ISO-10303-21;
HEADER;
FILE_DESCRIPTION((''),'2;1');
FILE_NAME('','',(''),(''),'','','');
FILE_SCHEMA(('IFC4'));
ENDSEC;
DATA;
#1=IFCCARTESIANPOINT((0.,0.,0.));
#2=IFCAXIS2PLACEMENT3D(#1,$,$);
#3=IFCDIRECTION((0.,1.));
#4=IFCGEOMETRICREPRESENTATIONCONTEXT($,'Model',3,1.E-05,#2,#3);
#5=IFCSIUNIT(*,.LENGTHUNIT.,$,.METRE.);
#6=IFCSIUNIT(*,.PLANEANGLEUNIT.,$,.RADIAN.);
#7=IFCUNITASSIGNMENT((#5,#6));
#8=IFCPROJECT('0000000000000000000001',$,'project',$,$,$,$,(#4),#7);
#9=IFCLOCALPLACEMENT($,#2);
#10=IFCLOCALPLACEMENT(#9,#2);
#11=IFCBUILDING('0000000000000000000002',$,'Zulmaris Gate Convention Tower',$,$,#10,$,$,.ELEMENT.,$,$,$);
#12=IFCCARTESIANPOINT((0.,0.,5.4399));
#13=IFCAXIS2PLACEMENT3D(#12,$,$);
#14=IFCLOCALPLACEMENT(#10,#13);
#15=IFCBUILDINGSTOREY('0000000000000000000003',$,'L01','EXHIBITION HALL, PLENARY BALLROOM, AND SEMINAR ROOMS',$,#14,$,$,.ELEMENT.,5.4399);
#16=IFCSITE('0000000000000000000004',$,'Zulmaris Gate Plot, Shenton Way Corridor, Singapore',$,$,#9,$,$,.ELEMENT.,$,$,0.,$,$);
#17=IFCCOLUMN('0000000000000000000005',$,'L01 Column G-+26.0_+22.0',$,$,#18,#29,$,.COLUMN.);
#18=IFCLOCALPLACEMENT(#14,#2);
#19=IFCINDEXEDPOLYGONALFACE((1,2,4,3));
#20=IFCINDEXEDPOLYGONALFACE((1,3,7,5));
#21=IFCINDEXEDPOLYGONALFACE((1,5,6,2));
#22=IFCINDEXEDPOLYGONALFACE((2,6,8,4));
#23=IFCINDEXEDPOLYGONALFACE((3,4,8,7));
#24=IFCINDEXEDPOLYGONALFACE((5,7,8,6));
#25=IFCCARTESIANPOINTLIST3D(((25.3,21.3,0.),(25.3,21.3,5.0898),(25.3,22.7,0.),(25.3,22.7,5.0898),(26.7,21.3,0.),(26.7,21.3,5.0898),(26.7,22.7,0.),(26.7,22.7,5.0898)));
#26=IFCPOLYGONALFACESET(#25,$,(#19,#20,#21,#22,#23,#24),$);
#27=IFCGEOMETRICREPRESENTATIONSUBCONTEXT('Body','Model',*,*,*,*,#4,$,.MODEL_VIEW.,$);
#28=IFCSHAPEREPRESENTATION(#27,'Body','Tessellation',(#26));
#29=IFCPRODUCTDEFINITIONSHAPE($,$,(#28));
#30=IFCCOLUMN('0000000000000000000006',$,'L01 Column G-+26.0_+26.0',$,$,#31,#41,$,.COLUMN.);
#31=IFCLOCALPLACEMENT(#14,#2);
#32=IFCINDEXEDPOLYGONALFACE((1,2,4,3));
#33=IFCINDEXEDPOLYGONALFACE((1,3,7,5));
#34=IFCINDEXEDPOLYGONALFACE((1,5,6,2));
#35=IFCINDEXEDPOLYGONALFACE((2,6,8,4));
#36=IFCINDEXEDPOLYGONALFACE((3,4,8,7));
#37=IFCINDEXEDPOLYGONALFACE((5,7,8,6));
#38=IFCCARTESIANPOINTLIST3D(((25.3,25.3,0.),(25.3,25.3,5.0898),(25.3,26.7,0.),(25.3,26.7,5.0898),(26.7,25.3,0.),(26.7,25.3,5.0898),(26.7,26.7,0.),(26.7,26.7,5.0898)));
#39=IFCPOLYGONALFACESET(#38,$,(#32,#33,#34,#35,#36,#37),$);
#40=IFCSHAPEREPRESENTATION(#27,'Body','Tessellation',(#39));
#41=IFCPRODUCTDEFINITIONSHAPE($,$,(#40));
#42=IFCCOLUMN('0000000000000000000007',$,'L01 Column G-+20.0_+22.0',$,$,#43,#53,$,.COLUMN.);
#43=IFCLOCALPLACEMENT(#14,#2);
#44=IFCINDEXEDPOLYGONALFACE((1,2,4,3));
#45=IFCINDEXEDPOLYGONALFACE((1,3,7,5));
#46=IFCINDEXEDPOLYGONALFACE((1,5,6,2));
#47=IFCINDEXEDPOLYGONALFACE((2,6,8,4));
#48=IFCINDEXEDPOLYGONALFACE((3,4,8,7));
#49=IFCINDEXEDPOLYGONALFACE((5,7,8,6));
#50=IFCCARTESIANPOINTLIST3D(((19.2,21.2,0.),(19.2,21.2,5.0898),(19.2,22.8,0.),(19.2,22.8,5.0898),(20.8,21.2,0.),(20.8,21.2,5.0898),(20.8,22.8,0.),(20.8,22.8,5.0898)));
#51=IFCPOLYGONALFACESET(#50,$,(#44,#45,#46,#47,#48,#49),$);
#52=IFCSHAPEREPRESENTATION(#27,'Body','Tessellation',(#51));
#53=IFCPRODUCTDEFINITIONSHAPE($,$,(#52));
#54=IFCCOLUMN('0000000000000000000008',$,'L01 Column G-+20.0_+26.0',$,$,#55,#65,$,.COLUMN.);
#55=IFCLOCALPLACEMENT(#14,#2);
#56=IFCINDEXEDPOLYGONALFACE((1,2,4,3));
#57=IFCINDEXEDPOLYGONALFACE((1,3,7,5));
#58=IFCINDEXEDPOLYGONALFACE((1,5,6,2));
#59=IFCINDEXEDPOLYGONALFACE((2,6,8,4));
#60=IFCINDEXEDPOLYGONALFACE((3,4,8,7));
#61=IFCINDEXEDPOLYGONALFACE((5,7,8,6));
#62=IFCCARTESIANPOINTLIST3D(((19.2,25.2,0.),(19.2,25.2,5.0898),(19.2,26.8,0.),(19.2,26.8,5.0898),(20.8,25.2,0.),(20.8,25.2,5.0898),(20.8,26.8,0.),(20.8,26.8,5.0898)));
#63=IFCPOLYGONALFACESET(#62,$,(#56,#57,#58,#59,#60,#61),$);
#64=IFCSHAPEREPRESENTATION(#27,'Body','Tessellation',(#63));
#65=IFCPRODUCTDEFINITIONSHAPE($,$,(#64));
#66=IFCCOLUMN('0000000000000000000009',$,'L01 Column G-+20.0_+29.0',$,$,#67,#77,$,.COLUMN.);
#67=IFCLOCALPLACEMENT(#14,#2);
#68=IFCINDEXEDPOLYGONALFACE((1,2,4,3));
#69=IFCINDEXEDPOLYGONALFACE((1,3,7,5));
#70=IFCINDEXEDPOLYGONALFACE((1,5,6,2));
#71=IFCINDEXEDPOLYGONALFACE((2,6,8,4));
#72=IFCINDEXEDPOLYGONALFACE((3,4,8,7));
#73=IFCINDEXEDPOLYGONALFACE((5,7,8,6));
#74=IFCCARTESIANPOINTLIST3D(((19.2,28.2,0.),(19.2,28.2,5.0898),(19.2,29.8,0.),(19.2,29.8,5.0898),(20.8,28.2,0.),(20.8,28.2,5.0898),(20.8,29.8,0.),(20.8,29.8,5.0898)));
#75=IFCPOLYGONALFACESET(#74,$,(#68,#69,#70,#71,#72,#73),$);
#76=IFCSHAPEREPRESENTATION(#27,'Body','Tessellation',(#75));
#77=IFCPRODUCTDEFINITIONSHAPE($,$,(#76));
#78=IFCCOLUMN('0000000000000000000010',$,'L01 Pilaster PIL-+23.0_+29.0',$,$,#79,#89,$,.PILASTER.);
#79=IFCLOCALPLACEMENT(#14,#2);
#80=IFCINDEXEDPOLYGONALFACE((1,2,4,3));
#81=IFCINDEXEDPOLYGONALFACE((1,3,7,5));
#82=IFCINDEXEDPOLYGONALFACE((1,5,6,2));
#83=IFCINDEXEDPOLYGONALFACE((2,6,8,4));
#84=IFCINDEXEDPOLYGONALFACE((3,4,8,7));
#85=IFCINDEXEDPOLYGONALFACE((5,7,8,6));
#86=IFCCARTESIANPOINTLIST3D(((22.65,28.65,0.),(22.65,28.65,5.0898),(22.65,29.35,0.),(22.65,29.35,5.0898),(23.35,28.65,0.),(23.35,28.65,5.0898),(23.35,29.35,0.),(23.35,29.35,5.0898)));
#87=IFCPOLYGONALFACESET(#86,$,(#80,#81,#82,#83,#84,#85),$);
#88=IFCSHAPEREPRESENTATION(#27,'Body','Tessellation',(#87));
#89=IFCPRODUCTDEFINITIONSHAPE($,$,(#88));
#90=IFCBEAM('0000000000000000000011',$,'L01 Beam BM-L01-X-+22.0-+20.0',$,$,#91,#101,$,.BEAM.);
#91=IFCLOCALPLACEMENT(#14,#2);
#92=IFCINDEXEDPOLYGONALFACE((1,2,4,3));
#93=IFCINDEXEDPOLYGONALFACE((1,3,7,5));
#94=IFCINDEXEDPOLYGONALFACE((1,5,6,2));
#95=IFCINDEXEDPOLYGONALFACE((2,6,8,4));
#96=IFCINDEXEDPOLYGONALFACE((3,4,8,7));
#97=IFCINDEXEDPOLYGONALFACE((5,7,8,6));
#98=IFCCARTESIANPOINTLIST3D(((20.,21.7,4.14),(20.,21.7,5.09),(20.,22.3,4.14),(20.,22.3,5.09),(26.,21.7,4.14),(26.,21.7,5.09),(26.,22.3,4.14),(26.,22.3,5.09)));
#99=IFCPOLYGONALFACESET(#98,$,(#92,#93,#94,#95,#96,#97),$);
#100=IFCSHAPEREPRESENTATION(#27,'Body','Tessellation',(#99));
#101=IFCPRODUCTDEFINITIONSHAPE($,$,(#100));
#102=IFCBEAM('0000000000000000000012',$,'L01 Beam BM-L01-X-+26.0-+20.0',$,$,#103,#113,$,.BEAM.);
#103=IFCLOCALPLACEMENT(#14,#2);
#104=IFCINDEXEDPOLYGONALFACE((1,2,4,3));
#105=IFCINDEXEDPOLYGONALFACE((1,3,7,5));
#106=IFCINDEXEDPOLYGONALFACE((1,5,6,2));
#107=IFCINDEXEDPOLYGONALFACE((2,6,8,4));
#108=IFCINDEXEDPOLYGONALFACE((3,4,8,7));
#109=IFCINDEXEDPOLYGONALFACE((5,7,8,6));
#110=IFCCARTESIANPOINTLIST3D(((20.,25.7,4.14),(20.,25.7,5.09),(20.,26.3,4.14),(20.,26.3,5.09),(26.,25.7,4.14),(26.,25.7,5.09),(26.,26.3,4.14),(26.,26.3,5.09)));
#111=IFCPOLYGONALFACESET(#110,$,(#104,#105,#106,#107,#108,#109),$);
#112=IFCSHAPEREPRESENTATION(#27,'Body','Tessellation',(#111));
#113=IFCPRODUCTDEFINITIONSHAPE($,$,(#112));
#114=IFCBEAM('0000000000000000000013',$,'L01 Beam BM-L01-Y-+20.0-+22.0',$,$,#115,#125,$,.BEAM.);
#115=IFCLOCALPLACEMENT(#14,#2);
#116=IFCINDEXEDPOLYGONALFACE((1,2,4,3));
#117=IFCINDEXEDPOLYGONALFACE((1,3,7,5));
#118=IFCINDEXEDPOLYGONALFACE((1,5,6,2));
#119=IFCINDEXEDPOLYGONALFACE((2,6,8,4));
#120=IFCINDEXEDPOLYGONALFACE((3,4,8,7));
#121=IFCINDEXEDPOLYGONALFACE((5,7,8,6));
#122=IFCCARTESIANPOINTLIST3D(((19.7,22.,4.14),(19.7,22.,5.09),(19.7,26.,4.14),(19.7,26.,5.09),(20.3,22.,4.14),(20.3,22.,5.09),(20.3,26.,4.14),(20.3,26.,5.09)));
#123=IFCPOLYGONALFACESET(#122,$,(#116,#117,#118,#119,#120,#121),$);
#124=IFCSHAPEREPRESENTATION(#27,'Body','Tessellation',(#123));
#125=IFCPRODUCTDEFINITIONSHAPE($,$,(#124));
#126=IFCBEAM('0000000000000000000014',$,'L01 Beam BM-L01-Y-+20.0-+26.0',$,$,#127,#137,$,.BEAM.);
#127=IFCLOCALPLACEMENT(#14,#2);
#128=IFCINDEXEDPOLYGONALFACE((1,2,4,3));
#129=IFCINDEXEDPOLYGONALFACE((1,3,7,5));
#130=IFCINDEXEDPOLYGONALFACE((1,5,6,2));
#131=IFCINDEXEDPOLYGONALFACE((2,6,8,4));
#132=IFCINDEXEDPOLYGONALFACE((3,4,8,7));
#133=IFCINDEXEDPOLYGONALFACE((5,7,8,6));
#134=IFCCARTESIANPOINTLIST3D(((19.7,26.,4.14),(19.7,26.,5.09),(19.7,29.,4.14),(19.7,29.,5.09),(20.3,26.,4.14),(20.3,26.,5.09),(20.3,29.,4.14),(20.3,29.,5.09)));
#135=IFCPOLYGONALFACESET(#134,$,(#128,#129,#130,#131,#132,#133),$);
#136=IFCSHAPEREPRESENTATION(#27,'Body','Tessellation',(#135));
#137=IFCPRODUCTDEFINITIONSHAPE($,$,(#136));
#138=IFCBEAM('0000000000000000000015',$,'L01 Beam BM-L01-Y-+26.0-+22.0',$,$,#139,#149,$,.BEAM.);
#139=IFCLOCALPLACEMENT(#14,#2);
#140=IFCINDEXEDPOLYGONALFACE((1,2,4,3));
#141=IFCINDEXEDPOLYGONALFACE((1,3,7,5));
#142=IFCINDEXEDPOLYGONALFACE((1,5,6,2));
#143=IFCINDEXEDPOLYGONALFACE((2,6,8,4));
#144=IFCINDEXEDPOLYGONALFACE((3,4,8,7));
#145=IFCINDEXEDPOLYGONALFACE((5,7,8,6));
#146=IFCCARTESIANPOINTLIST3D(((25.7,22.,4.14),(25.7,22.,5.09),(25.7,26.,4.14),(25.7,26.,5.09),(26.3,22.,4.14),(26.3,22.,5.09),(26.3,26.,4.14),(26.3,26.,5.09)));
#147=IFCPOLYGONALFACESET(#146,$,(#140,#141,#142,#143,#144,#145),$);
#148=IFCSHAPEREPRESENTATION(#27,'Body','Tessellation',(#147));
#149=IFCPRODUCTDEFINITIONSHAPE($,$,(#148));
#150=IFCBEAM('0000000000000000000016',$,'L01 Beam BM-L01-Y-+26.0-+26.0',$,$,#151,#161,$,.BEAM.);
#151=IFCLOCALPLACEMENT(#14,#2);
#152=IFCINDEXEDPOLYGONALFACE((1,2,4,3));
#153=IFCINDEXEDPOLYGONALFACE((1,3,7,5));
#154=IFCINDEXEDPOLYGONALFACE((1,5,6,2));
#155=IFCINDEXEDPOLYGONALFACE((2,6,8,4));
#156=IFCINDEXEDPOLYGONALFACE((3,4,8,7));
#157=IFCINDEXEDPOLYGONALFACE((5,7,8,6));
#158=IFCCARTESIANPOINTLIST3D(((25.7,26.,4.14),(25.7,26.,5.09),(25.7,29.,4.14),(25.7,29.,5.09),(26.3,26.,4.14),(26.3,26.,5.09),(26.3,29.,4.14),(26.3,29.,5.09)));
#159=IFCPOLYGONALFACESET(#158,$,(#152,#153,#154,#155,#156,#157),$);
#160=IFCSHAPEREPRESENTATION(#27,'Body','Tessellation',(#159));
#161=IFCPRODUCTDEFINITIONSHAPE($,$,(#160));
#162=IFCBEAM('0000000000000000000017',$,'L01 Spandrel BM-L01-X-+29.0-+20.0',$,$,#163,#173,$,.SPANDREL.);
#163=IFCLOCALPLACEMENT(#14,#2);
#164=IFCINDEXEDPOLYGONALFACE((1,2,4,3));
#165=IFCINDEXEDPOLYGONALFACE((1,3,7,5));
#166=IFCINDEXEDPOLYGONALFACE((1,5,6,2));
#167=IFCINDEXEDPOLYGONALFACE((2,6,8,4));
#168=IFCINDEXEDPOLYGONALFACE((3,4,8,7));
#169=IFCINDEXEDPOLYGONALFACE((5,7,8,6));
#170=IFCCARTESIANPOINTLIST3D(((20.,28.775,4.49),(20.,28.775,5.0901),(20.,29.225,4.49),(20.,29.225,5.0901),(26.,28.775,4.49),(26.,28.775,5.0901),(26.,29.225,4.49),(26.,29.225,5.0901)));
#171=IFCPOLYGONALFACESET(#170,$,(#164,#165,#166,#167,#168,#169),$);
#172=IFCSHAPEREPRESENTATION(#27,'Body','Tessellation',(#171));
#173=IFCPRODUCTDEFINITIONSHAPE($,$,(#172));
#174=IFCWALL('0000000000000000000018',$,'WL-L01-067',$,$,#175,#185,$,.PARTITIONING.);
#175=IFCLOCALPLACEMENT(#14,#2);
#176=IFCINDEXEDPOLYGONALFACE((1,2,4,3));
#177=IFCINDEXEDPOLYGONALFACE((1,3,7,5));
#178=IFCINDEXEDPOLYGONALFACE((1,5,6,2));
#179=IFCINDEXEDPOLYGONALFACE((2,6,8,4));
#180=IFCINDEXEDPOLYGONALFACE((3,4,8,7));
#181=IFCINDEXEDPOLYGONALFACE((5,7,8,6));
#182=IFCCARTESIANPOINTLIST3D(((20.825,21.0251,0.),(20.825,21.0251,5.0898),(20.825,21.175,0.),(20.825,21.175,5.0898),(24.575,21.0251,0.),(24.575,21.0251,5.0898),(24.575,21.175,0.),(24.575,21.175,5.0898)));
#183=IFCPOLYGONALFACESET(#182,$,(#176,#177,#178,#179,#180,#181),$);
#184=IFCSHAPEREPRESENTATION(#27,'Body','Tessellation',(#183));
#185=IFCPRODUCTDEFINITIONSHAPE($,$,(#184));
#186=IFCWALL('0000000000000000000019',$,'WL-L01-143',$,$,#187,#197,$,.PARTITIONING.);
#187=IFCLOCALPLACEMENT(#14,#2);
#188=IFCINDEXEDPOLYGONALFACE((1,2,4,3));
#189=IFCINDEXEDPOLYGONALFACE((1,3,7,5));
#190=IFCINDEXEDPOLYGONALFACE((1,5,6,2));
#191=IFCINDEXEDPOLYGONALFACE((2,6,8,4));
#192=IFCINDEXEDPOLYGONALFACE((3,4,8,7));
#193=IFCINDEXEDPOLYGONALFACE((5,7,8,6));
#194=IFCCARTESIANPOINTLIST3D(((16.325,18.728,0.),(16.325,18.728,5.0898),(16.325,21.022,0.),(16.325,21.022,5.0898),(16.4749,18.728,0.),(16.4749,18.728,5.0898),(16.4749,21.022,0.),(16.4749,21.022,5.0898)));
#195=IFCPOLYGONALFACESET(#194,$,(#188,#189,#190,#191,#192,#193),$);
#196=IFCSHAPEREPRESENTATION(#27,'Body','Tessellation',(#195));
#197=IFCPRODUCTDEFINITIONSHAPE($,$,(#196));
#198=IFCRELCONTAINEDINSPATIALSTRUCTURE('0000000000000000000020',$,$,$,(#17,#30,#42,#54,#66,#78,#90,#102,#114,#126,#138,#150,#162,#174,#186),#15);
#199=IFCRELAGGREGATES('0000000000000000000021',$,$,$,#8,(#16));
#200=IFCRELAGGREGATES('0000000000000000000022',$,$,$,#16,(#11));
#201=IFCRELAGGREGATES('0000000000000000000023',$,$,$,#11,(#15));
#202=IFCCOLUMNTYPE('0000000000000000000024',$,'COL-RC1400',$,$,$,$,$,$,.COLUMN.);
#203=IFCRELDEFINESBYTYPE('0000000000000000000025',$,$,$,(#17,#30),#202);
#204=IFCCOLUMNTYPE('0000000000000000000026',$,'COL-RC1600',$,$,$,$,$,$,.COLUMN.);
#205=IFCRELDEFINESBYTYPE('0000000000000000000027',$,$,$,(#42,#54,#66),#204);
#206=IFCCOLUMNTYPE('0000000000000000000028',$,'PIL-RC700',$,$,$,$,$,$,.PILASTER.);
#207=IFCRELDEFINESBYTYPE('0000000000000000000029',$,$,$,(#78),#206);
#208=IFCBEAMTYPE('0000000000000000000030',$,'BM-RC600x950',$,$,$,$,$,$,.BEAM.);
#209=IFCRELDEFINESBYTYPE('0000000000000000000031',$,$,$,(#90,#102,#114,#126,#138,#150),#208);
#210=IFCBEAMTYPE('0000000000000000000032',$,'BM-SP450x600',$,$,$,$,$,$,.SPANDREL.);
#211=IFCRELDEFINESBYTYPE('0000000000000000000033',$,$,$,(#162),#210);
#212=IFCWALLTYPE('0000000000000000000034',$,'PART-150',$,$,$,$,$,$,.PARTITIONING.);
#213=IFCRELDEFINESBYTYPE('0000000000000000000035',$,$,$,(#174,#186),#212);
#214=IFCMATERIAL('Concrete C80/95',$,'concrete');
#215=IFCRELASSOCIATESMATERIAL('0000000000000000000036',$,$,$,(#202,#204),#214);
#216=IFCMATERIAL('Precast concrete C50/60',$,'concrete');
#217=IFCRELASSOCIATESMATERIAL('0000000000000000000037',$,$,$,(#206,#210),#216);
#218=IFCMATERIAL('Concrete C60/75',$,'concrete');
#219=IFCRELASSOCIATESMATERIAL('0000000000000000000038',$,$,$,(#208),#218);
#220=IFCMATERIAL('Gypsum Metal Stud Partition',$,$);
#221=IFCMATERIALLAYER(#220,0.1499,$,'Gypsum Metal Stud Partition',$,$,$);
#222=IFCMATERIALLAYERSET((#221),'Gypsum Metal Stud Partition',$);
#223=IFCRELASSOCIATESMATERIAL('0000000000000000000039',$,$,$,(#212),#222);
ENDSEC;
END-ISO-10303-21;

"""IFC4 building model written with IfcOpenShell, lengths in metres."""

from ifc_helpers import new_model, si_unit, direction, frame, frame_2d, origin, origin_2d, place, context, subcontext, project, spatial, rectangle, extrude, material, layer, layer_set, material_profile, profile_set, type_object, element, save


model = new_model("IFC4")

# Units and contexts
model_context = context("Model", 3, precision=1e-05, world=origin(), true_north=direction((0.0, 1.0)))
body_context = subcontext(model_context, "Body", "Model", "MODEL_VIEW")
ifc_project = project(units=[si_unit("LENGTHUNIT", "METRE"), si_unit("PLANEANGLEUNIT", "RADIAN")], contexts=[model_context])

# Site, building, storey
site_placement = place(None, origin())
site = spatial("IfcSite", under=ifc_project, at=site_placement, Name="Zulmaris Gate Plot, Shenton Way Corridor, Singapore", CompositionType="ELEMENT", RefElevation=0.0)
building_placement = place(site_placement, origin())
building = spatial("IfcBuilding", under=site, at=building_placement, Name="Zulmaris Gate Convention Tower", CompositionType="ELEMENT")
storey_placement = place(building_placement, frame((0.0, 0.0, 5.4399)))
storey = spatial("IfcBuildingStorey", under=building, at=storey_placement, Name="L01", Description="EXHIBITION HALL, PLENARY BALLROOM, AND SEMINAR ROOMS", CompositionType="ELEMENT", Elevation=5.4399)

# Columns
ifc_material_1 = material(Name="Concrete C80/95", Category="concrete")
ifc_material_profile_1 = material_profile(ifc_material_1, rectangle(XDim=1.3999, YDim=1.3999, at=origin_2d()), Name="RC COL 1400x1400")
ifc_profile_set_1 = profile_set([ifc_material_profile_1], Name="Concrete C80/95")
column_type_1 = type_object("IfcColumnType", Name="COL-RC1400", PredefinedType="COLUMN", material=ifc_profile_set_1)
for number, where, z_axis, x_axis, name in (
    (1, (26.0, 22.0, 0.0), (0.0, 0.0, 1.0), (1.0, 0.0, 0.0), "L01 Column G-+26.0_+22.0"),
    (2, (26.0, 26.0, 0.0), (0.0, 0.0, 1.0), (1.0, 0.0, 0.0), "L01 Column G-+26.0_+26.0"),
):
    element("IfcColumn", number, at=place(storey_placement, frame(where, z_axis=z_axis, x_axis=x_axis)), inside=storey, type_object=column_type_1, Name=name, PredefinedType="COLUMN", context=body_context, shape_type="SweptSolid", body=[
        extrude(rectangle(XDim=1.3999, YDim=1.3999, at=origin_2d()), origin(), (0.0, 0.0, 1.0), 5.0898),
    ])
ifc_material_profile_2 = material_profile(ifc_material_1, rectangle(XDim=1.6001, YDim=1.6001, at=origin_2d()), Name="RC COL 1600x1600")
ifc_profile_set_2 = profile_set([ifc_material_profile_2], Name="Concrete C80/95")
column_type_2 = type_object("IfcColumnType", Name="COL-RC1600", PredefinedType="COLUMN", material=ifc_profile_set_2)
for number, where, z_axis, x_axis, name in (
    (3, (20.0, 22.0, 0.0), (0.0, 0.0, 1.0), (1.0, 0.0, 0.0), "L01 Column G-+20.0_+22.0"),
    (4, (20.0, 26.0, 0.0), (0.0, 0.0, 1.0), (1.0, 0.0, 0.0), "L01 Column G-+20.0_+26.0"),
    (5, (20.0, 29.0, 0.0), (0.0, 0.0, 1.0), (1.0, 0.0, 0.0), "L01 Column G-+20.0_+29.0"),
):
    element("IfcColumn", number, at=place(storey_placement, frame(where, z_axis=z_axis, x_axis=x_axis)), inside=storey, type_object=column_type_2, Name=name, PredefinedType="COLUMN", context=body_context, shape_type="SweptSolid", body=[
        extrude(rectangle(XDim=1.6001, YDim=1.6001, at=origin_2d()), origin(), (0.0, 0.0, 1.0), 5.0898),
    ])
ifc_material_2 = material(Name="Precast concrete C50/60", Category="concrete")
ifc_material_profile_3 = material_profile(ifc_material_2, rectangle(XDim=0.7, YDim=0.7, at=origin_2d()), Name="RC COL 700x700")
ifc_profile_set_3 = profile_set([ifc_material_profile_3], Name="Precast concrete C50/60")
column_type_3 = type_object("IfcColumnType", Name="PIL-RC700", PredefinedType="PILASTER", material=ifc_profile_set_3)
column_placement = place(storey_placement, frame((23.0, 29.0, 0.0), z_axis=(0.0, 0.0, 1.0), x_axis=(1.0, 0.0, 0.0)))
element("IfcColumn", 6, at=column_placement, inside=storey, type_object=column_type_3, Name="L01 Pilaster PIL-+23.0_+29.0", PredefinedType="PILASTER", context=body_context, shape_type="SweptSolid", body=[
    extrude(rectangle(XDim=0.7, YDim=0.7, at=origin_2d()), origin(), (0.0, 0.0, 1.0), 5.0898),
])

# Beams
ifc_material_3 = material(Name="Concrete C60/75", Category="concrete")
ifc_material_profile_4 = material_profile(ifc_material_3, rectangle(XDim=0.6001, YDim=0.95, at=origin_2d()), Name="RC BEAM 600x950")
ifc_profile_set_4 = profile_set([ifc_material_profile_4], Name="Concrete C60/75")
beam_type_1 = type_object("IfcBeamType", Name="BM-RC600x950", PredefinedType="BEAM", material=ifc_profile_set_4)
for number, where, z_axis, x_axis, name in (
    (7, (20.0, 22.0, 4.615), (1.0, 0.0, 0.0), (0.0, 1.0, 0.0), "L01 Beam BM-L01-X-+22.0-+20.0"),
    (8, (20.0, 26.0, 4.615), (1.0, 0.0, 0.0), (0.0, 1.0, 0.0), "L01 Beam BM-L01-X-+26.0-+20.0"),
):
    element("IfcBeam", number, at=place(storey_placement, frame(where, z_axis=z_axis, x_axis=x_axis)), inside=storey, type_object=beam_type_1, Name=name, PredefinedType="BEAM", context=body_context, shape_type="SweptSolid", body=[
        extrude(rectangle(XDim=0.6001, YDim=0.95, at=origin_2d()), origin(), (0.0, 0.0, 1.0), 6.0),
    ])
beam_1_placement = place(storey_placement, frame((20.0, 22.0, 4.615), z_axis=(0.0, 1.0, 0.0), x_axis=(-1.0, 0.0, 0.0)))
element("IfcBeam", 9, at=beam_1_placement, inside=storey, type_object=beam_type_1, Name="L01 Beam BM-L01-Y-+20.0-+22.0", PredefinedType="BEAM", context=body_context, shape_type="SweptSolid", body=[
    extrude(rectangle(XDim=0.6001, YDim=0.95, at=origin_2d()), origin(), (0.0, 0.0, 1.0), 4.0),
])
beam_2_placement = place(storey_placement, frame((20.0, 26.0, 4.615), z_axis=(0.0, 1.0, 0.0), x_axis=(-1.0, 0.0, 0.0)))
element("IfcBeam", 10, at=beam_2_placement, inside=storey, type_object=beam_type_1, Name="L01 Beam BM-L01-Y-+20.0-+26.0", PredefinedType="BEAM", context=body_context, shape_type="SweptSolid", body=[
    extrude(rectangle(XDim=0.6001, YDim=0.95, at=origin_2d()), origin(), (0.0, 0.0, 1.0), 3.0),
])
beam_3_placement = place(storey_placement, frame((26.0, 22.0, 4.615), z_axis=(0.0, 1.0, 0.0), x_axis=(-1.0, 0.0, 0.0)))
element("IfcBeam", 11, at=beam_3_placement, inside=storey, type_object=beam_type_1, Name="L01 Beam BM-L01-Y-+26.0-+22.0", PredefinedType="BEAM", context=body_context, shape_type="SweptSolid", body=[
    extrude(rectangle(XDim=0.6001, YDim=0.95, at=origin_2d()), origin(), (0.0, 0.0, 1.0), 4.0),
])
beam_4_placement = place(storey_placement, frame((26.0, 26.0, 4.615), z_axis=(0.0, 1.0, 0.0), x_axis=(-1.0, 0.0, 0.0)))
element("IfcBeam", 12, at=beam_4_placement, inside=storey, type_object=beam_type_1, Name="L01 Beam BM-L01-Y-+26.0-+26.0", PredefinedType="BEAM", context=body_context, shape_type="SweptSolid", body=[
    extrude(rectangle(XDim=0.6001, YDim=0.95, at=origin_2d()), origin(), (0.0, 0.0, 1.0), 3.0),
])
ifc_material_profile_5 = material_profile(ifc_material_2, rectangle(XDim=0.45, YDim=0.6001, at=origin_2d()), Name="RC SPANDREL 450x600")
ifc_profile_set_5 = profile_set([ifc_material_profile_5], Name="Precast concrete C50/60")
beam_type_2 = type_object("IfcBeamType", Name="BM-SP450x600", PredefinedType="SPANDREL", material=ifc_profile_set_5)
beam_5_placement = place(storey_placement, frame((20.0, 29.0, 4.79), z_axis=(1.0, 0.0, 0.0), x_axis=(0.0, 1.0, 0.0)))
element("IfcBeam", 13, at=beam_5_placement, inside=storey, type_object=beam_type_2, Name="L01 Spandrel BM-L01-X-+29.0-+20.0", PredefinedType="SPANDREL", context=body_context, shape_type="SweptSolid", body=[
    extrude(rectangle(XDim=0.45, YDim=0.6001, at=origin_2d()), origin(), (0.0, 0.0, 1.0), 6.0),
])

# Walls
ifc_material_4 = material(Name="Gypsum Metal Stud Partition")
ifc_layer_1 = layer(ifc_material_4, 0.1499, Name="Gypsum Metal Stud Partition")
ifc_layer_set_1 = layer_set([ifc_layer_1], Name="Gypsum Metal Stud Partition")
wall_type_1 = type_object("IfcWallType", Name="PART-150", PredefinedType="PARTITIONING", material=ifc_layer_set_1)
wall_1_placement = place(storey_placement, frame((20.825, 21.1001, 0.0), z_axis=(0.0, 0.0, 1.0), x_axis=(1.0, 0.0, 0.0)))
element("IfcWall", 14, at=wall_1_placement, inside=storey, type_object=wall_type_1, Name="WL-L01-067", PredefinedType="PARTITIONING", context=body_context, shape_type="SweptSolid", body=[
    extrude(rectangle(XDim=3.75, YDim=0.1499, at=frame_2d((1.875, 0.0))), origin(), (0.0, 0.0, 1.0), 5.0898),
])
wall_2_placement = place(storey_placement, frame((16.3999, 18.728, 0.0), z_axis=(0.0, 0.0, 1.0), x_axis=(0.0, 1.0, 0.0)))
element("IfcWall", 15, at=wall_2_placement, inside=storey, type_object=wall_type_1, Name="WL-L01-143", PredefinedType="PARTITIONING", context=body_context, shape_type="SweptSolid", body=[
    extrude(rectangle(XDim=2.2939, YDim=0.1499, at=frame_2d((1.147, 0.0))), origin(), (0.0, 0.0, 1.0), 5.0898),
])

save(model, "model.ifc")
